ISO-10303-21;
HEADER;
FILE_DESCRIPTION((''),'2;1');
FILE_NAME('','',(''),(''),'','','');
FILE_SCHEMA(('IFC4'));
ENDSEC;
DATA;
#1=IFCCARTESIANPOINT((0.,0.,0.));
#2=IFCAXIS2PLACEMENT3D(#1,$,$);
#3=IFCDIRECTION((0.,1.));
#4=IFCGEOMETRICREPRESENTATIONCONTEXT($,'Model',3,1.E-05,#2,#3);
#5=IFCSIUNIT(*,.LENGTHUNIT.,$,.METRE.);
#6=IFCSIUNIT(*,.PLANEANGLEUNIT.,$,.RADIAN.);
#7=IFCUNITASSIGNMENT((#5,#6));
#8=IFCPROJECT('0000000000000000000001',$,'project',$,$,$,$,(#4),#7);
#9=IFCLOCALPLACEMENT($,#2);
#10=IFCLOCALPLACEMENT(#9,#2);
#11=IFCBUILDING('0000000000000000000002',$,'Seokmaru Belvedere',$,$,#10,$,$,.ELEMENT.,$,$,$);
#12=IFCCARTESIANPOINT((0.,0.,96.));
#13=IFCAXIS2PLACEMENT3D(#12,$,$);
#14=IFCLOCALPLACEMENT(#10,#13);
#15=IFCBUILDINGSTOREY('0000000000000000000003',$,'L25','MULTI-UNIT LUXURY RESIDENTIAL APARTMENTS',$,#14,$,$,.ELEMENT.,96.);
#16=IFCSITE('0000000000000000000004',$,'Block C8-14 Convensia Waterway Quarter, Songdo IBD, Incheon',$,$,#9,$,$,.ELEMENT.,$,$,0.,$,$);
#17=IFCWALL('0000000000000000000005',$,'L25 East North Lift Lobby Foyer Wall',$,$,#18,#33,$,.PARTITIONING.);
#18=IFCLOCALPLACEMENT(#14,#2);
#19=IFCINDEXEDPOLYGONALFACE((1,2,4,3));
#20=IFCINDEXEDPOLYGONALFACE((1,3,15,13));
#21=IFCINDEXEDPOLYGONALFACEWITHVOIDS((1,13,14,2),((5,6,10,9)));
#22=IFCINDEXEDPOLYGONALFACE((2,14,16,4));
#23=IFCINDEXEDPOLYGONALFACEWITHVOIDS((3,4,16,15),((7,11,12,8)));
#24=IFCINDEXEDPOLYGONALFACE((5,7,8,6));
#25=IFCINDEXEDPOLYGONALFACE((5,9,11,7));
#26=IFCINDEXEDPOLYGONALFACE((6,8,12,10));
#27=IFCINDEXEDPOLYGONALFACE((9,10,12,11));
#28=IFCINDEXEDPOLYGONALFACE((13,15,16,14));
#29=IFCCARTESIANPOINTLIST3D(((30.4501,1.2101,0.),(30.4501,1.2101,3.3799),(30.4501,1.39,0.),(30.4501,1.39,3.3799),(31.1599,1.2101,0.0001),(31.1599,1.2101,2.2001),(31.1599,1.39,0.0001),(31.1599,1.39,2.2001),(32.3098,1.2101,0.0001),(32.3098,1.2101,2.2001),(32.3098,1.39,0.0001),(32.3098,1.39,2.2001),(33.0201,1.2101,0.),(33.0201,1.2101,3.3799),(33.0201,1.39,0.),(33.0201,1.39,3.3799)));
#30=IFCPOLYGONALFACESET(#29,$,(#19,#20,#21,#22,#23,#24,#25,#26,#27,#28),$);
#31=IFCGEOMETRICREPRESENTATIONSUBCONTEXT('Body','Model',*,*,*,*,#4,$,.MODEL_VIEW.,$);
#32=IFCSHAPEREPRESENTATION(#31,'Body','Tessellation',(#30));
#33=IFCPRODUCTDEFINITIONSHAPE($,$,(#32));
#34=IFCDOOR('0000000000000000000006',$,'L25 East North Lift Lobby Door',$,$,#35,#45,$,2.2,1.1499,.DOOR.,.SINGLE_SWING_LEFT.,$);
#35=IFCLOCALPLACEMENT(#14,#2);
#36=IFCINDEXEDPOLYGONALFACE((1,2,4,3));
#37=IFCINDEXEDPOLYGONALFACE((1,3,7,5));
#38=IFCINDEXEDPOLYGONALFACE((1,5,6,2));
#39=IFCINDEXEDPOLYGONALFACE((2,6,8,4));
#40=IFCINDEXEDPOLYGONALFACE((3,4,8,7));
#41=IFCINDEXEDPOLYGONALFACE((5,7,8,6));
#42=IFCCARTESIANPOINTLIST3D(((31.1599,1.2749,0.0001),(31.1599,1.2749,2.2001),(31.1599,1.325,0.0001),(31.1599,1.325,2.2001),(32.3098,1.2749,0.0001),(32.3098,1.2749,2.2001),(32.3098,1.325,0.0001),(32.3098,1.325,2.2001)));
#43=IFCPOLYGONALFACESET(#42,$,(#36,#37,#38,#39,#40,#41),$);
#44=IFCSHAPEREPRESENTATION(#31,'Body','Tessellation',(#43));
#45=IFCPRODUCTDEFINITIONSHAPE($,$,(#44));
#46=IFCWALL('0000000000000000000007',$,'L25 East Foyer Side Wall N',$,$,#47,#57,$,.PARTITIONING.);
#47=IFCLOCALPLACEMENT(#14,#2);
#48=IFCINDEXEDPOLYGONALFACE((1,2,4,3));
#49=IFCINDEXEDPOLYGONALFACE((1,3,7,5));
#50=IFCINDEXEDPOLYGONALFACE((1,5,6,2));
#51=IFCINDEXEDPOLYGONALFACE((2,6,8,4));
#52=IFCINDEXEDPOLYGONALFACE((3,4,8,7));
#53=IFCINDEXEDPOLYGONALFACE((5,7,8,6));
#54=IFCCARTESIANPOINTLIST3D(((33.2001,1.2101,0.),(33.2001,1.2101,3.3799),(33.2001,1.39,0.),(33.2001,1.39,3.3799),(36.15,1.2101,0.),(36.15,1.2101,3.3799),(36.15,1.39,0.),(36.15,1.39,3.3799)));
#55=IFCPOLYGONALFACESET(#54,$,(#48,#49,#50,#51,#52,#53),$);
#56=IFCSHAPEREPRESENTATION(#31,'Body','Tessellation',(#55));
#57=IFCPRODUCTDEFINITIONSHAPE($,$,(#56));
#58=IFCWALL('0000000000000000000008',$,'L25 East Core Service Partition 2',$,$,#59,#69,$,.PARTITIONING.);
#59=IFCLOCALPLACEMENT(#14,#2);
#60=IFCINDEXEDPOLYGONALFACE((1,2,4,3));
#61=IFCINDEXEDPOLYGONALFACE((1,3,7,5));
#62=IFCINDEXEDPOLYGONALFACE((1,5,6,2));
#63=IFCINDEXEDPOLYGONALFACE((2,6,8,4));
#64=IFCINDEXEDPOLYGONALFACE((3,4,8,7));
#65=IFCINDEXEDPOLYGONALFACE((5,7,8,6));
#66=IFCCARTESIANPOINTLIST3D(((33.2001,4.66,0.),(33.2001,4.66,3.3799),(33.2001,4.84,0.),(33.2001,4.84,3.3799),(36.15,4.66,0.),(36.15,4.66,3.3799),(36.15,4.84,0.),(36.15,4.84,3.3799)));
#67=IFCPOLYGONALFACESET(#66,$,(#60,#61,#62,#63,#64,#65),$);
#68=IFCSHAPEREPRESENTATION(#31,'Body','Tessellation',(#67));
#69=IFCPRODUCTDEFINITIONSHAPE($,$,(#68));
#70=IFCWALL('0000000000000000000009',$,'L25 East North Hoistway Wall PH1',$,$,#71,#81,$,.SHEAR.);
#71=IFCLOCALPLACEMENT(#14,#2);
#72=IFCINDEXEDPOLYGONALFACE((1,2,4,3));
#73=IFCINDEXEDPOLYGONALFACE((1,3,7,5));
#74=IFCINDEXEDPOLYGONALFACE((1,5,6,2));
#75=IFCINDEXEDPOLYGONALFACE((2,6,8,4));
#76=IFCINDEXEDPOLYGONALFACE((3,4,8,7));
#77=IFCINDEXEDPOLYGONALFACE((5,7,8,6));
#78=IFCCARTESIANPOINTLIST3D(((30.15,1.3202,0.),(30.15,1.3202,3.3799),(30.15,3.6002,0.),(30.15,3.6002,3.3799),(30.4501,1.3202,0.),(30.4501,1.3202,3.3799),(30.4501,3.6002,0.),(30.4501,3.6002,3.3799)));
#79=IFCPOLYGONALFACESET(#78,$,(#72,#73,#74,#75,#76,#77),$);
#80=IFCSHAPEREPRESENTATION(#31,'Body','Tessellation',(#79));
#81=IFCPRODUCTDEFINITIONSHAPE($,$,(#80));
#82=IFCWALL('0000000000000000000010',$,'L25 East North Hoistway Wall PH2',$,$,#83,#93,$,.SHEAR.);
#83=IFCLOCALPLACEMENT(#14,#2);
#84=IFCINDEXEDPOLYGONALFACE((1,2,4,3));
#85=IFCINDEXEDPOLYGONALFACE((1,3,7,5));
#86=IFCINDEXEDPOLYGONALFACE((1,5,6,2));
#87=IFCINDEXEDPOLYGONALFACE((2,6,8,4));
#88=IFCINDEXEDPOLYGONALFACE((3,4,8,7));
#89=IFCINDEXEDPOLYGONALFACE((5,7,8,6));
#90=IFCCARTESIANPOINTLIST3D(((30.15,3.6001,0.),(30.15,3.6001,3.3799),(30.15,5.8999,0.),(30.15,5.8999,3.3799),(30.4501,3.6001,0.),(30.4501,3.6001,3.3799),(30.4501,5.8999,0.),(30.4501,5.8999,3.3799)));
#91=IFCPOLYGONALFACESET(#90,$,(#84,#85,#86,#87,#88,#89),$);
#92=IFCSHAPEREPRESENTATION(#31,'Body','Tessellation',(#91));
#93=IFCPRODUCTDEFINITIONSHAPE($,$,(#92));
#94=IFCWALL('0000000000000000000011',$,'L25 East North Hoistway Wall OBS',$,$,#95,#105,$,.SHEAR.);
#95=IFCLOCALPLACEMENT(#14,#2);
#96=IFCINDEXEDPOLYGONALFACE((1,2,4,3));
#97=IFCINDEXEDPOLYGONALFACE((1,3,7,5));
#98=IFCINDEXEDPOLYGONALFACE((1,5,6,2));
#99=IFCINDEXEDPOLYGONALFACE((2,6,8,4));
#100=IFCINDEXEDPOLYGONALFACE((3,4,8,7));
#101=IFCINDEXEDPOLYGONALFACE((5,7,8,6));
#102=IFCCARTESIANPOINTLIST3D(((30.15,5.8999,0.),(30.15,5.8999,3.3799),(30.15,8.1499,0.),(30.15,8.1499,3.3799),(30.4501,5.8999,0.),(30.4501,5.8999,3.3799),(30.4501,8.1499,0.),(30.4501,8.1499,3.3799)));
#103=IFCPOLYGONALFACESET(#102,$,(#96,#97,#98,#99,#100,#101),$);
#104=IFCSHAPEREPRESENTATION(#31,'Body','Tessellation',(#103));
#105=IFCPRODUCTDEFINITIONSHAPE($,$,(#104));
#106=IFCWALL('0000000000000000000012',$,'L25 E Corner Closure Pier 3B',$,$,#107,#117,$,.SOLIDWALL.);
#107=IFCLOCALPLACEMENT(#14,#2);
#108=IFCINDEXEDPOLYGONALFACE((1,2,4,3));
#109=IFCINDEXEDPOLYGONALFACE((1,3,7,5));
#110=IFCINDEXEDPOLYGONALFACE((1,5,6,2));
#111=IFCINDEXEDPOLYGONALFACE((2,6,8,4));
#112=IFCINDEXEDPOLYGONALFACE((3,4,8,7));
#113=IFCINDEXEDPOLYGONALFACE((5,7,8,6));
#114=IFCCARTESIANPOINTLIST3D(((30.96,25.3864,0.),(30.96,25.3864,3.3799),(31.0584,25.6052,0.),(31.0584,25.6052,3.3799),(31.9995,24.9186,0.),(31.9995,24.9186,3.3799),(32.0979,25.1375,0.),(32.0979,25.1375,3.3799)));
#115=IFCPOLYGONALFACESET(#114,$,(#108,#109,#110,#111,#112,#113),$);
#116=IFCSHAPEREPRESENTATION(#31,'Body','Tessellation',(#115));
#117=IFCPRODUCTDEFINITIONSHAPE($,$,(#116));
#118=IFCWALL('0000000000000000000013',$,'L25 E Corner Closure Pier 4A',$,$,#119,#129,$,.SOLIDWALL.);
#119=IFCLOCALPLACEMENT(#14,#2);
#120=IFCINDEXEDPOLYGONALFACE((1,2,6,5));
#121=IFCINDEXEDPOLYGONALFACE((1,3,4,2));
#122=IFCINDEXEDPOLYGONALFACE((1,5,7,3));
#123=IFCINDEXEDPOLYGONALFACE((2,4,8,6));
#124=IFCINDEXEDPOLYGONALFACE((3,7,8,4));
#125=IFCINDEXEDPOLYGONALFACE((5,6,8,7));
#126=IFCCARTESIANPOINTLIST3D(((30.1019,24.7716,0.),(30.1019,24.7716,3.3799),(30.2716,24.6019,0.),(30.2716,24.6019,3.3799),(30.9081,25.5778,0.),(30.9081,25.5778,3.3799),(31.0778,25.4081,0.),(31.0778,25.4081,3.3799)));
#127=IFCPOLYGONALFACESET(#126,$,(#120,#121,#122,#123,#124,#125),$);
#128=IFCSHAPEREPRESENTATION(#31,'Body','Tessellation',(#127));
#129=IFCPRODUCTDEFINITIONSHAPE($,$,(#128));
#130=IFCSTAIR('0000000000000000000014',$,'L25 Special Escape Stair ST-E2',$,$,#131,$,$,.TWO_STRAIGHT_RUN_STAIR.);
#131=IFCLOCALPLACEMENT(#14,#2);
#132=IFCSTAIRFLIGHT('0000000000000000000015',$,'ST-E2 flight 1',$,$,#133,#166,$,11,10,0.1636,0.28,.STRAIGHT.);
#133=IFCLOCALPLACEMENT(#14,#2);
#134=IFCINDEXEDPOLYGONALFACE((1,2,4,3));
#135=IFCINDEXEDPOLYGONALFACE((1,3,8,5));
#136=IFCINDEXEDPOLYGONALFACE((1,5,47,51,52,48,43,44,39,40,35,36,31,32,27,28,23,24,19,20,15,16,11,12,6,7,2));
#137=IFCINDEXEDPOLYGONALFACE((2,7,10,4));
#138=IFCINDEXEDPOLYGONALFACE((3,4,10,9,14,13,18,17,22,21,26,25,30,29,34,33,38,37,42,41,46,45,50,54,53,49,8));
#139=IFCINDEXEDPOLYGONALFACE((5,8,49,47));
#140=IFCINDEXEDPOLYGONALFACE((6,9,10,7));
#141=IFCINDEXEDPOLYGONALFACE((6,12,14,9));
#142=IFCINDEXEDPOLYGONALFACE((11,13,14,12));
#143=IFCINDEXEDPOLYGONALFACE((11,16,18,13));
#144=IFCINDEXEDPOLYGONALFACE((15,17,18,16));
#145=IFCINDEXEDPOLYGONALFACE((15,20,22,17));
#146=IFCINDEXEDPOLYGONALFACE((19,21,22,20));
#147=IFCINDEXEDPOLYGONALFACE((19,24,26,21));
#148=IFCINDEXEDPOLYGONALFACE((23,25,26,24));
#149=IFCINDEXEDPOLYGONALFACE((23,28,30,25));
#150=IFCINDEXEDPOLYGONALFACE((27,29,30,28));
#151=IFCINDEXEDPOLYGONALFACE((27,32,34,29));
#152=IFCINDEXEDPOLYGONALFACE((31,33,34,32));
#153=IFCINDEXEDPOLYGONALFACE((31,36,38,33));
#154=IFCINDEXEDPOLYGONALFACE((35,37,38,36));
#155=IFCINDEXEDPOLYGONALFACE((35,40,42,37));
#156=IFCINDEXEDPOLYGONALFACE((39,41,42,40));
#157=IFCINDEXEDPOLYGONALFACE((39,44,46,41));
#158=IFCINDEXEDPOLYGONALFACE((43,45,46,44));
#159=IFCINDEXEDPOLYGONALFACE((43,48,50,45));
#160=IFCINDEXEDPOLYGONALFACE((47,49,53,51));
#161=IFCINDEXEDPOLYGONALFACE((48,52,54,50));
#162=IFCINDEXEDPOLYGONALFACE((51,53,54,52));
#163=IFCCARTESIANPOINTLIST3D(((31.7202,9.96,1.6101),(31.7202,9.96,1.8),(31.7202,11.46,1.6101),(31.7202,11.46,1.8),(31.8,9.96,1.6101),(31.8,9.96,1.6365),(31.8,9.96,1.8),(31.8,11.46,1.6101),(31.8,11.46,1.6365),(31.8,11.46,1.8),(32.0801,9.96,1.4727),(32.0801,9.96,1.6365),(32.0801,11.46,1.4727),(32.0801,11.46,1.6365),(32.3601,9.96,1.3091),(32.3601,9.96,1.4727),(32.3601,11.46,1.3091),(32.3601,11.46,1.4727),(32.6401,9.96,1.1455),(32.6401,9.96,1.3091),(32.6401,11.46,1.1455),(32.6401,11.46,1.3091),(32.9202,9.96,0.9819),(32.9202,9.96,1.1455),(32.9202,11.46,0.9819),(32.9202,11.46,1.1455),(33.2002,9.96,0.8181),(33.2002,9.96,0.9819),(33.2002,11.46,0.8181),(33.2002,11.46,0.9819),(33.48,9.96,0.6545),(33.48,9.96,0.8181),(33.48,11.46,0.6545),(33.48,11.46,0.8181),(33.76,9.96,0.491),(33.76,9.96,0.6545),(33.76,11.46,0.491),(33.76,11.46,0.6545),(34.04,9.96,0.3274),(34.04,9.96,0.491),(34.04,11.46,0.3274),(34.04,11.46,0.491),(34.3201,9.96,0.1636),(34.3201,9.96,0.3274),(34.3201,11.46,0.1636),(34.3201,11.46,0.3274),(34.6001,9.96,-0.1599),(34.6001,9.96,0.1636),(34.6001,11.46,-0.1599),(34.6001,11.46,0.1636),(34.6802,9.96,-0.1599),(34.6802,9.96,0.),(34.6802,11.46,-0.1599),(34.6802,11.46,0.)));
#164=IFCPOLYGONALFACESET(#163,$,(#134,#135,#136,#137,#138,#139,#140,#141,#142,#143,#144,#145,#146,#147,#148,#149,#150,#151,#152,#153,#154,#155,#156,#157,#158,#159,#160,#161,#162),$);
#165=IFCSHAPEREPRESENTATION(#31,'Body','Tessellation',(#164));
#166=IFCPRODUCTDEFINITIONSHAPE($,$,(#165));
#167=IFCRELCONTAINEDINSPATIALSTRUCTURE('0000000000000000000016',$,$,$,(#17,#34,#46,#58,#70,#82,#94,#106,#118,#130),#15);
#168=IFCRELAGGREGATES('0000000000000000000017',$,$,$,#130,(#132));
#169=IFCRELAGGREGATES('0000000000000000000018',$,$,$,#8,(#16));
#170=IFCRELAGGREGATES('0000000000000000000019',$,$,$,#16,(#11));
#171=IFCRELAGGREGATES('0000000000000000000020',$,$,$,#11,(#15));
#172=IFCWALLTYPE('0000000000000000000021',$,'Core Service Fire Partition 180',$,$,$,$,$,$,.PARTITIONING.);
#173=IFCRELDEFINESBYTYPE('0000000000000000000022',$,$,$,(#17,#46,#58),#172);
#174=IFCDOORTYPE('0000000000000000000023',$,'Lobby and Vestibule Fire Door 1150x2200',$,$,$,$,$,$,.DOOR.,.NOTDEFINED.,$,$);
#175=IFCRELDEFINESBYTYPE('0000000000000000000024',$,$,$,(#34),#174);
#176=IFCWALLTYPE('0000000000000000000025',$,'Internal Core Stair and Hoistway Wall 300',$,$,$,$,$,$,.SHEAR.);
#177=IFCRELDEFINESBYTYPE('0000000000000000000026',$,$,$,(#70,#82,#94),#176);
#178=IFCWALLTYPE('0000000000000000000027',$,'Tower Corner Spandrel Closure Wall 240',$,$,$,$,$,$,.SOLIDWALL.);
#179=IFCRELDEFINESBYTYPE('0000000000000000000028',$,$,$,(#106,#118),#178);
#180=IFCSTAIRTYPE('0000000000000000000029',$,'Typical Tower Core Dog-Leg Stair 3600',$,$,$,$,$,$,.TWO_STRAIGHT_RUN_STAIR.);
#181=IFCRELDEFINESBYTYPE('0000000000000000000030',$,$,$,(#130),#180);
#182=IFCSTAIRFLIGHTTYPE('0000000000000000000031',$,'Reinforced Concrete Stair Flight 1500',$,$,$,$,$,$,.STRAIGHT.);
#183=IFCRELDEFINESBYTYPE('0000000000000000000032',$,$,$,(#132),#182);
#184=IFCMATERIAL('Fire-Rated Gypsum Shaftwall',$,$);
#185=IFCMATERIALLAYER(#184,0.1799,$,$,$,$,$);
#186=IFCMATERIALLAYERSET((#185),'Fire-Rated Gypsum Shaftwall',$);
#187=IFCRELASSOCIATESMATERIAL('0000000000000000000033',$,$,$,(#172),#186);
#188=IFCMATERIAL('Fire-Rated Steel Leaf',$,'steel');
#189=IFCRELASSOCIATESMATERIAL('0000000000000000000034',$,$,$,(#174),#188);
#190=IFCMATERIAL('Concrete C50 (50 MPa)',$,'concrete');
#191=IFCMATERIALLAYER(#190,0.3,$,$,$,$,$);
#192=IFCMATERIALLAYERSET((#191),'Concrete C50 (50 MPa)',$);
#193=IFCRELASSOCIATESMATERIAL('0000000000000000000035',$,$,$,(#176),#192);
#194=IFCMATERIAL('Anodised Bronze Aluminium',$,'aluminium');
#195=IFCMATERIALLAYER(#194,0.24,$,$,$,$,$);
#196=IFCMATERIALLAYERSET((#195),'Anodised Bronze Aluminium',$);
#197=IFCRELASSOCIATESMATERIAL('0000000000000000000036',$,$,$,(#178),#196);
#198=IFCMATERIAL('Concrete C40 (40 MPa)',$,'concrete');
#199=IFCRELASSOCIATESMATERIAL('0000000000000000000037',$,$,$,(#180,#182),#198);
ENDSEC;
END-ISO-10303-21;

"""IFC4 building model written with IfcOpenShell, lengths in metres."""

from ifc_helpers import new_model, si_unit, direction, frame, frame_2d, origin, place, context, subcontext, project, spatial, polyline, rectangle, outline, extrude, source, transform, mapped, material, layer, layer_set, type_object, type_shapes, element, fill, aggregate, save


model = new_model("IFC4")

# Units and contexts
model_context = context("Model", 3, precision=1e-05, world=origin(), true_north=direction((0.0, 1.0)))
body_context = subcontext(model_context, "Body", "Model", "MODEL_VIEW")
ifc_project = project(units=[si_unit("LENGTHUNIT", "METRE"), si_unit("PLANEANGLEUNIT", "RADIAN")], contexts=[model_context])

# Site, building, storey
site_placement = place(None, origin())
site = spatial("IfcSite", under=ifc_project, at=site_placement, Name="Block C8-14 Convensia Waterway Quarter, Songdo IBD, Incheon", CompositionType="ELEMENT", RefElevation=0.0)
building_placement = place(site_placement, origin())
building = spatial("IfcBuilding", under=site, at=building_placement, Name="Seokmaru Belvedere", CompositionType="ELEMENT")
storey_placement = place(building_placement, frame((0.0, 0.0, 96.0)))
storey = spatial("IfcBuildingStorey", under=building, at=storey_placement, Name="L25", Description="MULTI-UNIT LUXURY RESIDENTIAL APARTMENTS", CompositionType="ELEMENT", Elevation=96.0)

# Shared definitions
ifc_material_1 = material(Name="Anodised Bronze Aluminium", Category="aluminium")

# Shared definitions
ifc_material_2 = material(Name="Fire-Rated Gypsum Shaftwall")
ifc_layer_1 = layer(ifc_material_2, 0.1799)
ifc_layer_set_1 = layer_set([ifc_layer_1], Name="Fire-Rated Gypsum Shaftwall")
wall_type_1 = type_object("IfcWallType", Name="Core Service Fire Partition 180", PredefinedType="PARTITIONING", material=ifc_layer_set_1)

# Wall, opening, door
wall_1_placement = place(storey_placement, frame((30.45, 1.3, 0.0), z_axis=(0.0, 0.0, 1.0), x_axis=(1.0, 0.0, 0.0)))
wall_1 = element("IfcWall", 1, at=wall_1_placement, inside=storey, type_object=wall_type_1, Name="L25 East North Lift Lobby Foyer Wall", PredefinedType="PARTITIONING", context=body_context, shape_type="SweptSolid", body=[
    extrude(rectangle(XDim=2.5701, YDim=0.1799, at=frame_2d((1.2852, 0.0))), origin(), (0.0, 0.0, 1.0), 3.3799),
])
opening_1_placement = place(wall_1_placement, frame((0.71, 0.0, 0.0)))
opening_1 = element("IfcOpeningElement", 2, at=opening_1_placement, cuts=wall_1, PredefinedType="OPENING", context=body_context, shape_type="SweptSolid", body=[
    extrude(rectangle(XDim=1.1499, YDim=2.2, at=frame_2d((0.575, 1.1001))), frame((0.0, 0.1001, 0.0), z_axis=(0.0, -1.0, 0.0), x_axis=(1.0, 0.0, 0.0)), (0.0, 0.0, 1.0), 0.2),
])
ifc_material_3 = material(Name="Fire-Rated Steel Leaf", Category="steel")
door_type_1 = type_object("IfcDoorType", Name="Lobby and Vestibule Fire Door 1150x2200", OperationType="NOTDEFINED", PredefinedType="DOOR", material=ifc_material_3)
shared_shape_1 = source(origin(), body_context, "Body", "SweptSolid", [
    extrude(rectangle(XDim=1.1499, YDim=2.2, at=frame_2d((0.575, 1.1001))), frame((0.0, 0.0249, 0.0), z_axis=(0.0, -1.0, 0.0), x_axis=(1.0, 0.0, 0.0)), (0.0, 0.0, 1.0), 0.05),
])
type_shapes(door_type_1, [shared_shape_1])
door_1_placement = place(opening_1_placement, origin())
door_1 = element("IfcDoor", 3, at=door_1_placement, inside=storey, type_object=door_type_1, Name="L25 East North Lift Lobby Door", OperationType="SINGLE_SWING_LEFT", OverallHeight=2.2, OverallWidth=1.1499, PredefinedType="DOOR", context=body_context, shape_type="MappedRepresentation", body=[
    mapped(shared_shape_1, transform((0.0, 0.0, 0.0), scale=1.0)),
])
fill(opening_1, door_1)

# Walls
for number, where, z_axis, x_axis, name in (
    (4, (33.2, 1.3, 0.0), (0.0, 0.0, 1.0), (1.0, 0.0, 0.0), "L25 East Foyer Side Wall N"),
    (5, (33.2, 4.75, 0.0), (0.0, 0.0, 1.0), (1.0, 0.0, 0.0), "L25 East Core Service Partition 2"),
):
    element("IfcWall", number, at=place(storey_placement, frame(where, z_axis=z_axis, x_axis=x_axis)), inside=storey, type_object=wall_type_1, Name=name, PredefinedType="PARTITIONING", context=body_context, shape_type="SweptSolid", body=[
        extrude(rectangle(XDim=2.95, YDim=0.1799, at=frame_2d((1.4751, 0.0))), origin(), (0.0, 0.0, 1.0), 3.3799),
    ])
ifc_material_4 = material(Name="Concrete C50 (50 MPa)", Category="concrete")
ifc_layer_2 = layer(ifc_material_4, 0.3)
ifc_layer_set_2 = layer_set([ifc_layer_2], Name="Concrete C50 (50 MPa)")
wall_type_2 = type_object("IfcWallType", Name="Internal Core Stair and Hoistway Wall 300", PredefinedType="SHEAR", material=ifc_layer_set_2)
wall_2_placement = place(storey_placement, frame((30.3, 1.3201, 0.0), z_axis=(0.0, 0.0, 1.0), x_axis=(0.0, 1.0, 0.0)))
element("IfcWall", 6, at=wall_2_placement, inside=storey, type_object=wall_type_2, Name="L25 East North Hoistway Wall PH1", PredefinedType="SHEAR", context=body_context, shape_type="SweptSolid", body=[
    extrude(rectangle(XDim=2.28, YDim=0.3, at=frame_2d((1.1401, 0.0))), origin(), (0.0, 0.0, 1.0), 3.3799),
])
wall_3_placement = place(storey_placement, frame((30.3, 3.6001, 0.0), z_axis=(0.0, 0.0, 1.0), x_axis=(0.0, 1.0, 0.0)))
element("IfcWall", 7, at=wall_3_placement, inside=storey, type_object=wall_type_2, Name="L25 East North Hoistway Wall PH2", PredefinedType="SHEAR", context=body_context, shape_type="SweptSolid", body=[
    extrude(rectangle(XDim=2.2998, YDim=0.3, at=frame_2d((1.1499, 0.0))), origin(), (0.0, 0.0, 1.0), 3.3799),
])
wall_4_placement = place(storey_placement, frame((30.3, 5.8999, 0.0), z_axis=(0.0, 0.0, 1.0), x_axis=(0.0, 1.0, 0.0)))
element("IfcWall", 8, at=wall_4_placement, inside=storey, type_object=wall_type_2, Name="L25 East North Hoistway Wall OBS", PredefinedType="SHEAR", context=body_context, shape_type="SweptSolid", body=[
    extrude(rectangle(XDim=2.25, YDim=0.3, at=frame_2d((1.125, 0.0))), origin(), (0.0, 0.0, 1.0), 3.3799),
])

# Walls
ifc_layer_3 = layer(ifc_material_1, 0.24)
ifc_layer_set_3 = layer_set([ifc_layer_3], Name="Anodised Bronze Aluminium")
wall_type_3 = type_object("IfcWallType", Name="Tower Corner Spandrel Closure Wall 240", PredefinedType="SOLIDWALL", material=ifc_layer_set_3)
wall_5_placement = place(storey_placement, frame((32.0486, 25.0281, 0.0), z_axis=(0.0, 0.0, 1.0), x_axis=(-0.91193, 0.410347, 0.0)))
element("IfcWall", 9, at=wall_5_placement, inside=storey, type_object=wall_type_3, Name="L25 E Corner Closure Pier 3B", PredefinedType="SOLIDWALL", context=body_context, shape_type="SweptSolid", body=[
    extrude(rectangle(XDim=1.1399, YDim=0.24, at=frame_2d((0.5698, 0.0))), origin(), (0.0, 0.0, 1.0), 3.3799),
])
wall_6_placement = place(storey_placement, frame((30.9929, 25.4929, 0.0), z_axis=(0.0, 0.0, 1.0), x_axis=(-0.707107, -0.707107, 0.0)))
element("IfcWall", 10, at=wall_6_placement, inside=storey, type_object=wall_type_3, Name="L25 E Corner Closure Pier 4A", PredefinedType="SOLIDWALL", context=body_context, shape_type="SweptSolid", body=[
    extrude(rectangle(XDim=1.1401, YDim=0.24, at=frame_2d((0.5701, 0.0))), origin(), (0.0, 0.0, 1.0), 3.3799),
])

# Stair, stair flight
ifc_material_5 = material(Name="Concrete C40 (40 MPa)", Category="concrete")
stair_type = type_object("IfcStairType", Name="Typical Tower Core Dog-Leg Stair 3600", PredefinedType="TWO_STRAIGHT_RUN_STAIR", material=ifc_material_5)
stair_placement = place(storey_placement, origin())
stair = element("IfcStair", 11, at=stair_placement, inside=storey, type_object=stair_type, Name="L25 Special Escape Stair ST-E2", PredefinedType="TWO_STRAIGHT_RUN_STAIR")
stair_flight_type = type_object("IfcStairFlightType", Name="Reinforced Concrete Stair Flight 1500", PredefinedType="STRAIGHT", material=ifc_material_5)
stair_flight_1_placement = place(storey_placement, frame((34.6001, 10.71, 0.0), z_axis=(0.0, 0.0, 1.0), x_axis=(-1.0, 0.0, 0.0)))
stair_flight_1 = element("IfcStairFlight", 12, at=stair_flight_1_placement, type_object=stair_flight_type, Name="ST-E2 flight 1", NumberOfRisers=11, NumberOfTreads=10, PredefinedType="STRAIGHT", RiserHeight=0.1636, TreadLength=0.28, context=body_context, shape_type="SweptSolid", body=[
    extrude(outline(polyline([(-0.0801, 0.0), (0.0, 0.1636), (0.28, 0.1636), (0.28, 0.3274), (0.5601, 0.3274), (0.5601, 0.491), (0.8401, 0.491), (0.8401, 0.6545), (1.1201, 0.6545), (1.1201, 0.8181), (1.3999, 0.8181), (1.3999, 0.9819), (1.6799, 0.9819), (1.6799, 1.1455), (1.96, 1.1455), (1.96, 1.3091), (2.24, 1.3091), (2.24, 1.4727), (2.52, 1.4727), (2.52, 1.6365), (2.8, 1.6365), (2.8, 1.8), (2.8799, 1.8), (2.8799, 1.6101), (2.8, 1.6101), (0.0, -0.1599), (-0.0801, -0.1599), (-0.0801, 0.0)])), frame((0.0, 0.75, 0.0), z_axis=(0.0, -1.0, 0.0), x_axis=(1.0, 0.0, 0.0)), (0.0, 0.0, 1.0), 1.5),
])
aggregate(stair, [stair_flight_1])

save(model, "model.ifc")
